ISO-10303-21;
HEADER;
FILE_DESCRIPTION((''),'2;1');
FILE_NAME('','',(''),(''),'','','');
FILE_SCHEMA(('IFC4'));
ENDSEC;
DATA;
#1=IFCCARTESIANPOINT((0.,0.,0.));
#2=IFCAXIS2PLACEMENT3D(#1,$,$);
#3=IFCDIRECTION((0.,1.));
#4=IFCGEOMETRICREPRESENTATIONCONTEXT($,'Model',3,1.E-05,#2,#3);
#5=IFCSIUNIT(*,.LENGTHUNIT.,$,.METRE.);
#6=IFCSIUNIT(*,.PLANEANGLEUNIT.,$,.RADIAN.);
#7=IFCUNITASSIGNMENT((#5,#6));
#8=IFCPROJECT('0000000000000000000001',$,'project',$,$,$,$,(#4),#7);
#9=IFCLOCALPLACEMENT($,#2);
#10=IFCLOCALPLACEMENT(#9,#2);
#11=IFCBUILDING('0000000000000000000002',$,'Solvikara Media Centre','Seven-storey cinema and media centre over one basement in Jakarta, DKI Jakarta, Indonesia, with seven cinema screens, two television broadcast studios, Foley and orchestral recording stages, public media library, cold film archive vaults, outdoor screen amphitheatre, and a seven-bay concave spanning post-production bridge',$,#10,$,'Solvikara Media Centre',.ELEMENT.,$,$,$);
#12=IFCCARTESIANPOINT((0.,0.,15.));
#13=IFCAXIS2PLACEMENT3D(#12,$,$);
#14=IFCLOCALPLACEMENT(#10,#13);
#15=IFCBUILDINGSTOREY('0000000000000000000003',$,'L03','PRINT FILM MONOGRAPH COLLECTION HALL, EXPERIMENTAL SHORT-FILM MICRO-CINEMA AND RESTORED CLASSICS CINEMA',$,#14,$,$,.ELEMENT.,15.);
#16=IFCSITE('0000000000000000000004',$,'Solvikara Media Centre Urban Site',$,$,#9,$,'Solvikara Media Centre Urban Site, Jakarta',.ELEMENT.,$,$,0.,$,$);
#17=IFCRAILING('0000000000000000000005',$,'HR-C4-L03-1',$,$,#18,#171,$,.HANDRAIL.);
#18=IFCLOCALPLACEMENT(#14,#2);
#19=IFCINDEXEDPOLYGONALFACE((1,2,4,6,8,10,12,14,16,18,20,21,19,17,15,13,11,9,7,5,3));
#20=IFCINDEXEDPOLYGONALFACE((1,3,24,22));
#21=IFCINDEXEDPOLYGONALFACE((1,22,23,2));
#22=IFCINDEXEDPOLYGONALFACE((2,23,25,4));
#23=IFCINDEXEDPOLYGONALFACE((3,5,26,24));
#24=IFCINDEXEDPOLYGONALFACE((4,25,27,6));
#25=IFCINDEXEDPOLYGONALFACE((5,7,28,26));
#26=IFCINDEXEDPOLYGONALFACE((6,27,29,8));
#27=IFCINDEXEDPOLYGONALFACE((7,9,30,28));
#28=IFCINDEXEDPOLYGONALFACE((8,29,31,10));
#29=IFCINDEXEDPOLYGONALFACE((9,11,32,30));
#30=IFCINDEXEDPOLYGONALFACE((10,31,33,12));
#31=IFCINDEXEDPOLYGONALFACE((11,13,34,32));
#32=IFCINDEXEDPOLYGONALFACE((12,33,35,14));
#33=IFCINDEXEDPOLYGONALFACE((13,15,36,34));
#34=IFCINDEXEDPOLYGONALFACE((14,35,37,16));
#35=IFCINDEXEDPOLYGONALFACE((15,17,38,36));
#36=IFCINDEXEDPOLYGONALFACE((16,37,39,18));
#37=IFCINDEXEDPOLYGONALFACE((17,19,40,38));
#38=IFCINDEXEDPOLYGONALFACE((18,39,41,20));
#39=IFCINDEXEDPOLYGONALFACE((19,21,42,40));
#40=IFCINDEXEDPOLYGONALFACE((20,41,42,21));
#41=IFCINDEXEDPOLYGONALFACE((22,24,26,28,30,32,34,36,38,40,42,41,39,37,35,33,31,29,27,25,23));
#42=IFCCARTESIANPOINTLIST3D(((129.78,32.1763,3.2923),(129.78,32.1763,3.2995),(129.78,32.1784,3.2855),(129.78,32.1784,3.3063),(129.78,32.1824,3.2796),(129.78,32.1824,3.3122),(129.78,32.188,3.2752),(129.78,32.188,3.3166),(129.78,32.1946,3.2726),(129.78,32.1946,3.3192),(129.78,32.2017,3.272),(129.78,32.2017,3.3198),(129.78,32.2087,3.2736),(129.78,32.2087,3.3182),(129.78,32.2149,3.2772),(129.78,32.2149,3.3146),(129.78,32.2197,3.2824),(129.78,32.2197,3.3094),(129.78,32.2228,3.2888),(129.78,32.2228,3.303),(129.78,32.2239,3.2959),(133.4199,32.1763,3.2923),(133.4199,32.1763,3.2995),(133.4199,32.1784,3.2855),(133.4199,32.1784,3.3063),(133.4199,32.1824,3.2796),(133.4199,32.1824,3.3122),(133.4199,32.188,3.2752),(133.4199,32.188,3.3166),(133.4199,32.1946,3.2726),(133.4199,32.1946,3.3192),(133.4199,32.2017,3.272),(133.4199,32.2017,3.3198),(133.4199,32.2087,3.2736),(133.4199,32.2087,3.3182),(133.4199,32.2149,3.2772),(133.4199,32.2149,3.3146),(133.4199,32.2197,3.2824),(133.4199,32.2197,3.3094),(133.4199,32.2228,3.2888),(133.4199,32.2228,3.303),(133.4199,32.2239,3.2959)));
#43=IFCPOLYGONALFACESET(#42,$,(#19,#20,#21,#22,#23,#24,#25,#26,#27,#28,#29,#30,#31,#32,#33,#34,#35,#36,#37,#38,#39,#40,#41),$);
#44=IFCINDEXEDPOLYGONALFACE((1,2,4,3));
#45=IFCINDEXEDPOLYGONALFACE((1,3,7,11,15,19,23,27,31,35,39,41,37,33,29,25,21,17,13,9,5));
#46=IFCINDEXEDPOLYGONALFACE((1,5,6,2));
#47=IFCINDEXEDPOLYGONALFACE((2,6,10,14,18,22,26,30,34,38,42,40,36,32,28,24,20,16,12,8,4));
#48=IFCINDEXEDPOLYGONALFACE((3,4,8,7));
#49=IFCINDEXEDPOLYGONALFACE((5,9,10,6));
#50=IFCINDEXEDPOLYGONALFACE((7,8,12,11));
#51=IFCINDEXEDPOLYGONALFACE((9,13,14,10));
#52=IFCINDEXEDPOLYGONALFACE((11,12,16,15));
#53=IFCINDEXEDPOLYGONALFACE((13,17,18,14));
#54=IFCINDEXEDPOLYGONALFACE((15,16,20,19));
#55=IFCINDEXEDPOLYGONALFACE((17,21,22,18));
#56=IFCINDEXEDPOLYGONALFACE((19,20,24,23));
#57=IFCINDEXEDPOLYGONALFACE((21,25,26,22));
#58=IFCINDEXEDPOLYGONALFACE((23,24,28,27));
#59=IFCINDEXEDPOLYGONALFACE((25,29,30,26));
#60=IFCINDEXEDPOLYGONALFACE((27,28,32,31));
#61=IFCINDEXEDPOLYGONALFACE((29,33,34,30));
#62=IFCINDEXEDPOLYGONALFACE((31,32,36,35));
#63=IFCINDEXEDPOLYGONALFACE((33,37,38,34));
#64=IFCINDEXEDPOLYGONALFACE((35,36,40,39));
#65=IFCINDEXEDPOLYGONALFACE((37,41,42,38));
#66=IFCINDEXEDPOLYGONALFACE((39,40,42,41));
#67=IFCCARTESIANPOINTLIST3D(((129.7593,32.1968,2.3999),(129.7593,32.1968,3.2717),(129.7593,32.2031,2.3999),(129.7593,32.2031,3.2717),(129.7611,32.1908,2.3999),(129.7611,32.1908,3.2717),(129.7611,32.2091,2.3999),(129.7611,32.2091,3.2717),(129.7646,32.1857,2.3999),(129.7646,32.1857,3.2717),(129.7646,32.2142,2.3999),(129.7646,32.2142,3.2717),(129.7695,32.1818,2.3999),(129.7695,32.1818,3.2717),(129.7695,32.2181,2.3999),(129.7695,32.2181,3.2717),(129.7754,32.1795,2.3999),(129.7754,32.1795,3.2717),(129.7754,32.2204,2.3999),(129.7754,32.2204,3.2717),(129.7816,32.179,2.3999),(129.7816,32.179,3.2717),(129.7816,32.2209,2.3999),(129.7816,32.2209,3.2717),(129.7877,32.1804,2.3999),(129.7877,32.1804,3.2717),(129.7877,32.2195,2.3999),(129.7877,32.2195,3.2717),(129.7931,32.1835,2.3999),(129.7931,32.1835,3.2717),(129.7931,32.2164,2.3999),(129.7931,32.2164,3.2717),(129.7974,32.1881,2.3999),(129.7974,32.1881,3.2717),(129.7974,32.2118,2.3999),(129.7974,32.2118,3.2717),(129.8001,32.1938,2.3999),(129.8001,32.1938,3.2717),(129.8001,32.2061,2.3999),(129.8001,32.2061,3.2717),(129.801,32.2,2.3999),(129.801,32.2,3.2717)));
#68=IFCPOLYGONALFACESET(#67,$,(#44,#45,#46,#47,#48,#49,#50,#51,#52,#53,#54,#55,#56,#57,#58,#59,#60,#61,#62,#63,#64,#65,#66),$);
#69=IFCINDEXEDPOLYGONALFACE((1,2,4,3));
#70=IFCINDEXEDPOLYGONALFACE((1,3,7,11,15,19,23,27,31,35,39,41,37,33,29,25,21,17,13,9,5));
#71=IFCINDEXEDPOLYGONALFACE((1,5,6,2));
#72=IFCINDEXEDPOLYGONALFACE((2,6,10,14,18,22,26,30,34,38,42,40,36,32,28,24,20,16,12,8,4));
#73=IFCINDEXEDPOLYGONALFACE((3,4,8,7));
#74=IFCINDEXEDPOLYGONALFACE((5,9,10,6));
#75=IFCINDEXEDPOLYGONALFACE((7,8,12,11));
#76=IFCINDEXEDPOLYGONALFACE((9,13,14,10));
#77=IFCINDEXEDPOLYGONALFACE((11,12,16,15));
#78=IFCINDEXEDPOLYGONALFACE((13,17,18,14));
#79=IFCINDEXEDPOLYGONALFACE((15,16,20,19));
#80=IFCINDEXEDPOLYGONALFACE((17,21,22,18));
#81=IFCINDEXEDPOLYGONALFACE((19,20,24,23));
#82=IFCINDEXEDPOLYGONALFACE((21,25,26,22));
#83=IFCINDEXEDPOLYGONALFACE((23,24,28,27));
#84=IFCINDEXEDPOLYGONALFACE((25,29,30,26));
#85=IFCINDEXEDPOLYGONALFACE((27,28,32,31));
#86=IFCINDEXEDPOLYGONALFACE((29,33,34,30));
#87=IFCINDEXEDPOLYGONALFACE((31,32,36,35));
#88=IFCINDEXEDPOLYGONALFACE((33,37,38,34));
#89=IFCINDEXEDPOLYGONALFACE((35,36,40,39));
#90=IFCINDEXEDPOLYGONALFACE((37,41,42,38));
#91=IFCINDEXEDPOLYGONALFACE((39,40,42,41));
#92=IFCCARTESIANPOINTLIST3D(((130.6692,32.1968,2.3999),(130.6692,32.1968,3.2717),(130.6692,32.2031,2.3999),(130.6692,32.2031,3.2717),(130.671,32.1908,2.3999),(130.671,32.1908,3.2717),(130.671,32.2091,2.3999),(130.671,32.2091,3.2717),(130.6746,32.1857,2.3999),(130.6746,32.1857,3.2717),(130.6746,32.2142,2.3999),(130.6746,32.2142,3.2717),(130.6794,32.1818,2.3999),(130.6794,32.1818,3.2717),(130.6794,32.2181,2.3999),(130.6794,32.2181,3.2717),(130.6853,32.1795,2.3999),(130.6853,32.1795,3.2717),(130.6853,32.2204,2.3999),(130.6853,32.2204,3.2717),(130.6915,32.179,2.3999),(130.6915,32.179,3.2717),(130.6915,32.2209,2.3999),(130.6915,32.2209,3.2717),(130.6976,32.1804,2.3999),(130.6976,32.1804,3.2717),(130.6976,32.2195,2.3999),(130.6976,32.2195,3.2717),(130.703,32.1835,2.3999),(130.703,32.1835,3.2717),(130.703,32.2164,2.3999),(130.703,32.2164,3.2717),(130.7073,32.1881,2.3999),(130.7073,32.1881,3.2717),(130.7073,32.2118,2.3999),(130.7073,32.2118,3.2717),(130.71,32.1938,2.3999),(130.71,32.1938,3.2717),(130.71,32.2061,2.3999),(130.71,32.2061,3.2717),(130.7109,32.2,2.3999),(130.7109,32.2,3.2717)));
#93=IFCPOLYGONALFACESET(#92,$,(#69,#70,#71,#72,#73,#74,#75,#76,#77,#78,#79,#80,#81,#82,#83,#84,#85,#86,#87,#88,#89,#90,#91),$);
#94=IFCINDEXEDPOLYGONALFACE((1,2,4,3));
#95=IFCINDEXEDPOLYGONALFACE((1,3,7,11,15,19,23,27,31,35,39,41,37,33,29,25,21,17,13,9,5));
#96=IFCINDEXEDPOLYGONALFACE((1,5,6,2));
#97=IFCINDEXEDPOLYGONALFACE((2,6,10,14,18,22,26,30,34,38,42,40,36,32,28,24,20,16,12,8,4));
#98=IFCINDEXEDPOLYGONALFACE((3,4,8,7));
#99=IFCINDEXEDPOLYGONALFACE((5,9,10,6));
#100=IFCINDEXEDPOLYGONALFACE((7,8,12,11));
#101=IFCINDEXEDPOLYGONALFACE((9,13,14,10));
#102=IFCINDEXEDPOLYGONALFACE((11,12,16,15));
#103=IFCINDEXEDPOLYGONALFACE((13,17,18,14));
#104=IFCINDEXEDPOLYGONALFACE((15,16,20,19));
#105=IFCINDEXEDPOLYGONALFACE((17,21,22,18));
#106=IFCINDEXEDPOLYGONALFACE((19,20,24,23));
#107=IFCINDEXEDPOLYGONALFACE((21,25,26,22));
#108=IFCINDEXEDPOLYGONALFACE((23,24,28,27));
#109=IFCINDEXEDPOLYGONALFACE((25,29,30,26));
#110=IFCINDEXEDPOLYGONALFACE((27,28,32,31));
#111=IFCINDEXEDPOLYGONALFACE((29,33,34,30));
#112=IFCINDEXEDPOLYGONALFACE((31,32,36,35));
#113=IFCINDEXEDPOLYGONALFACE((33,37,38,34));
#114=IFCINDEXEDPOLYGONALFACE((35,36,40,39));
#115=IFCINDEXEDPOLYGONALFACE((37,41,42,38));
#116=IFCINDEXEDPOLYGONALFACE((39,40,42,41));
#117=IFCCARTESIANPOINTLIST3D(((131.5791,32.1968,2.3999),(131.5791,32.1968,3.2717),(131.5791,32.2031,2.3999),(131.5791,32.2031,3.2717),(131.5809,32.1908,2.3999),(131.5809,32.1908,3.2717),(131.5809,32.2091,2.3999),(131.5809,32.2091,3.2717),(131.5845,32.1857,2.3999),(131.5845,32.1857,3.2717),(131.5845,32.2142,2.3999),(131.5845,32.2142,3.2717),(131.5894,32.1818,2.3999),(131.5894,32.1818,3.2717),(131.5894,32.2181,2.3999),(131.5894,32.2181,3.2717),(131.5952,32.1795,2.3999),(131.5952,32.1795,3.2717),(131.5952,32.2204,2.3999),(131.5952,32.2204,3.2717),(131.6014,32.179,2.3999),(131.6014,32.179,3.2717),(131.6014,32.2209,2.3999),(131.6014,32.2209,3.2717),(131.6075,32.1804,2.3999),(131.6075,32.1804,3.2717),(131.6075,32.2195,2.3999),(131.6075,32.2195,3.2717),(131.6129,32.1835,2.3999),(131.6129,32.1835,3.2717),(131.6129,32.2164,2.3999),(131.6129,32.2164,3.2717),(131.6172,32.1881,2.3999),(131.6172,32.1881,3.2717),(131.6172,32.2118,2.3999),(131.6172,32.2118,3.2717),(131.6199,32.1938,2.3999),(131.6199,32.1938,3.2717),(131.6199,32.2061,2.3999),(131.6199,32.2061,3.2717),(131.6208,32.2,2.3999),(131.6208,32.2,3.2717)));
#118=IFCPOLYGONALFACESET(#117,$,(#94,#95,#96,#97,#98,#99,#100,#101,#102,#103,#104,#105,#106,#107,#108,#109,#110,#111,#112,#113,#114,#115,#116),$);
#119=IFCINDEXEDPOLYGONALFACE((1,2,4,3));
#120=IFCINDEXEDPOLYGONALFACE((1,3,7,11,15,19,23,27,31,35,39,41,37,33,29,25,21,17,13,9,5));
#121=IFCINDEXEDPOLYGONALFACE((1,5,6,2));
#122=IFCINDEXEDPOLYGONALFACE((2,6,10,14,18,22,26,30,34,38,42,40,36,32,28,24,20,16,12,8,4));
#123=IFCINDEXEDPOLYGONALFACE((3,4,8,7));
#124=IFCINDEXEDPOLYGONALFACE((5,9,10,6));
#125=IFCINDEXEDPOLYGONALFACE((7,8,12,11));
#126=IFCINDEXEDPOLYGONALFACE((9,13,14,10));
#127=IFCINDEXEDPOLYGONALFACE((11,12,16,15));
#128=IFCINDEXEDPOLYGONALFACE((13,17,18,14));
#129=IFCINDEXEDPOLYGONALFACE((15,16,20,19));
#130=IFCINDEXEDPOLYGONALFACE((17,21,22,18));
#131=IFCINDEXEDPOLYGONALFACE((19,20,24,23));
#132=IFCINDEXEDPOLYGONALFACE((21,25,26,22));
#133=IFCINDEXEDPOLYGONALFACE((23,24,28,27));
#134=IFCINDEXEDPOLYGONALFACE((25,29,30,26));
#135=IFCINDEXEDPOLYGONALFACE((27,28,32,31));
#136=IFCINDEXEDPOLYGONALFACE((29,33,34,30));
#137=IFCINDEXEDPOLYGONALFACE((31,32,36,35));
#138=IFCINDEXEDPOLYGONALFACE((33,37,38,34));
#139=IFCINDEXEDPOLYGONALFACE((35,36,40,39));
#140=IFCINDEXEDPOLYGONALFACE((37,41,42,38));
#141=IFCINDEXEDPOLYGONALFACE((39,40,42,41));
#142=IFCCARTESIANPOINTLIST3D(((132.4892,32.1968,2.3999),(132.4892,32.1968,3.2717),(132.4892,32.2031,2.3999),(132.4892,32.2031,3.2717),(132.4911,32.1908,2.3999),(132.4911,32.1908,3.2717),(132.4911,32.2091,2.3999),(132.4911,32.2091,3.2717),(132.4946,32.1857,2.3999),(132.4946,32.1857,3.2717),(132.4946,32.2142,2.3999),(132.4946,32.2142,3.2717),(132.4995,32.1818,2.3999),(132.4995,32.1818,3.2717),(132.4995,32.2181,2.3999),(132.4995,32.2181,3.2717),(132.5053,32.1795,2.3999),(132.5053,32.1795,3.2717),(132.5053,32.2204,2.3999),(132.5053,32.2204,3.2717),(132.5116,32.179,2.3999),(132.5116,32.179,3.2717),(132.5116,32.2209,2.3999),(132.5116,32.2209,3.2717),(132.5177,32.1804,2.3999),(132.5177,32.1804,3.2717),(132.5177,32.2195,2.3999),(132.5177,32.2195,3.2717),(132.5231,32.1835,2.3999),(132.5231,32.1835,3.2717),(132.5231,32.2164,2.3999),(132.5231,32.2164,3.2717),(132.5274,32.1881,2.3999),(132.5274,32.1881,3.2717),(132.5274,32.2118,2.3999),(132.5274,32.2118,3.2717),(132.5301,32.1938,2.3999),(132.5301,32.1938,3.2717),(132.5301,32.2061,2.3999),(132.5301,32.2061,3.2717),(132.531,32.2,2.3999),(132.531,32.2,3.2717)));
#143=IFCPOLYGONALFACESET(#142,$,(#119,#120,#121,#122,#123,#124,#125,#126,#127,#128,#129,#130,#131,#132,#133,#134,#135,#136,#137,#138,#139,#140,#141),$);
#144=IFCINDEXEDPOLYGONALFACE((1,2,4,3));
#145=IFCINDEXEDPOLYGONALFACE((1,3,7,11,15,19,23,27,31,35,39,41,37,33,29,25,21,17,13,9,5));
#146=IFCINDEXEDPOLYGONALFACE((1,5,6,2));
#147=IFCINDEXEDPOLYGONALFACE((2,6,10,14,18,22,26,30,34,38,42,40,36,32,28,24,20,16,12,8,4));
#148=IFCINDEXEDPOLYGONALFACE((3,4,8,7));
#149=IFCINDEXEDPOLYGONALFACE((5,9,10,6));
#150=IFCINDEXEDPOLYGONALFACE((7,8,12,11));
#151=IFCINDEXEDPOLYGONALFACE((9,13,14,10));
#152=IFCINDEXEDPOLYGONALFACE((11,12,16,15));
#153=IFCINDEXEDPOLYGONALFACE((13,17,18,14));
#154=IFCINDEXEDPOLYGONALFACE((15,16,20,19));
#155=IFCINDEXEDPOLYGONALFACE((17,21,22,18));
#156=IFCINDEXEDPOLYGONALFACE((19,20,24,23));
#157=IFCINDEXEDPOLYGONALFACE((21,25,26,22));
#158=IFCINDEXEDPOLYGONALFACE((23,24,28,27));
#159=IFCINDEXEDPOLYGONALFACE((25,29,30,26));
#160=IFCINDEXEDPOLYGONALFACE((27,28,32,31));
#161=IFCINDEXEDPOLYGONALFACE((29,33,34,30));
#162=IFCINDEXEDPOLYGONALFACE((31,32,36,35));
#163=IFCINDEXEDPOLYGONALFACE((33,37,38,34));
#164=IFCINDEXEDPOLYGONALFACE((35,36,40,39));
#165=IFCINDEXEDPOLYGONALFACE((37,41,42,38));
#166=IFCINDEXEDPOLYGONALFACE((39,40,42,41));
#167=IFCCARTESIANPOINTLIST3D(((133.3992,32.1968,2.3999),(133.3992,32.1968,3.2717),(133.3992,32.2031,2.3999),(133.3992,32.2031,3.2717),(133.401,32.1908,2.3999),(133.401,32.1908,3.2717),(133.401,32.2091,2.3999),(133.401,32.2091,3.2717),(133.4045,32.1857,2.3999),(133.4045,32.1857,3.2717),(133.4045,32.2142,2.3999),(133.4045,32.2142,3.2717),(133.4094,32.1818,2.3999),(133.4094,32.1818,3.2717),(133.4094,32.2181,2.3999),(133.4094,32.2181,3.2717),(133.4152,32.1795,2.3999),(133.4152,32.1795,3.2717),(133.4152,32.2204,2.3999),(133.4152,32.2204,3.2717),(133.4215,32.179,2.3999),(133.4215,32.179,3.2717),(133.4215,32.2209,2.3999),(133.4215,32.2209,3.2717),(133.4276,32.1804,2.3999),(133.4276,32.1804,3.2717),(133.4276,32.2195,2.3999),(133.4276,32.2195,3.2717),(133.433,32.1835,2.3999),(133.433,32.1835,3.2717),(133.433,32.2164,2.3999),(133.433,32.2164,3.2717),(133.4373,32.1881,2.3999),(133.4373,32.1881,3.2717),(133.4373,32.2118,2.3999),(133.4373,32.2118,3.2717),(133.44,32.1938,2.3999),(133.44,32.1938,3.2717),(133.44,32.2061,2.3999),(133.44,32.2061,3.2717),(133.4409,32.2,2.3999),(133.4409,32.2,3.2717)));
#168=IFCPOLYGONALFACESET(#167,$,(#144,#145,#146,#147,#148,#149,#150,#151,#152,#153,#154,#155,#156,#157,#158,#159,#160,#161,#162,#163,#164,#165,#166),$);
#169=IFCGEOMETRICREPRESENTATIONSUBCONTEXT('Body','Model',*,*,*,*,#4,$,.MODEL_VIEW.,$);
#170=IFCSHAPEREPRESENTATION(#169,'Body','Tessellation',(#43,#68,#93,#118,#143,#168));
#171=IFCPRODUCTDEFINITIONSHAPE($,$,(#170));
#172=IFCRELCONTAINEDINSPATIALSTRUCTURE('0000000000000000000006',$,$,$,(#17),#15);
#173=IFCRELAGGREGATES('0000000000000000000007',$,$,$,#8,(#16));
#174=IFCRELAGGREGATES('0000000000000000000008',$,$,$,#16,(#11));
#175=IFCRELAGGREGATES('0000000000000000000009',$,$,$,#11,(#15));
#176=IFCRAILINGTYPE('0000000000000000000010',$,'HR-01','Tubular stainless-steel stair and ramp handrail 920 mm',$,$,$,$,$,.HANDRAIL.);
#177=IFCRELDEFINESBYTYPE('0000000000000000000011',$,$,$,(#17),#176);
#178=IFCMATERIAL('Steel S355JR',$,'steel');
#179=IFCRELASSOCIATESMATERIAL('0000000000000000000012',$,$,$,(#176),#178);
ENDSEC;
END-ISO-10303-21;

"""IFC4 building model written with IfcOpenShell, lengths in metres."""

from ifc_helpers import new_model, si_unit, direction, frame, origin, origin_2d, place, context, subcontext, project, spatial, circle, extrude, material, type_object, element, save


model = new_model("IFC4")

# Units and contexts
model_context = context("Model", 3, precision=1e-05, world=origin(), true_north=direction((0.0, 1.0)))
body_context = subcontext(model_context, "Body", "Model", "MODEL_VIEW")
ifc_project = project(units=[si_unit("LENGTHUNIT", "METRE"), si_unit("PLANEANGLEUNIT", "RADIAN")], contexts=[model_context])

# Site, building, storey
site_placement = place(None, origin())
site = spatial("IfcSite", under=ifc_project, at=site_placement, Name="Solvikara Media Centre Urban Site", LongName="Solvikara Media Centre Urban Site, Jakarta", CompositionType="ELEMENT", RefElevation=0.0)
building_placement = place(site_placement, origin())
building = spatial("IfcBuilding", under=site, at=building_placement, Name="Solvikara Media Centre", Description="Seven-storey cinema and media centre over one basement in Jakarta, DKI Jakarta, Indonesia, with seven cinema screens, two television broadcast studios, Foley and orchestral recording stages, public media library, cold film archive vaults, outdoor screen amphitheatre, and a seven-bay concave spanning post-production bridge", LongName="Solvikara Media Centre", CompositionType="ELEMENT")
storey_placement = place(building_placement, frame((0.0, 0.0, 15.0)))
storey = spatial("IfcBuildingStorey", under=building, at=storey_placement, Name="L03", Description="PRINT FILM MONOGRAPH COLLECTION HALL, EXPERIMENTAL SHORT-FILM MICRO-CINEMA AND RESTORED CLASSICS CINEMA", CompositionType="ELEMENT", Elevation=15.0)

# Shared definitions
ifc_material_1 = material(Name="Steel S355JR", Category="steel")

# Railing
railing_type_1 = type_object("IfcRailingType", Name="HR-01", Description="Tubular stainless-steel stair and ramp handrail 920 mm", PredefinedType="HANDRAIL", material=ifc_material_1)
railing_1_placement = place(storey_placement, frame((129.78, 32.2, 2.3999)))
element("IfcRailing", 1, at=railing_1_placement, inside=storey, type_object=railing_type_1, Name="HR-C4-L03-1", PredefinedType="HANDRAIL", context=body_context, shape_type="SweptSolid", body=[
    extrude(circle(Radius=0.0239, at=origin_2d()), frame((0.0, 0.0, 0.896), z_axis=(1.0, 0.0, 0.0), x_axis=(0.0, 1.0, 0.0)), (0.0, 0.0, 1.0), 3.6399),
    extrude(circle(Radius=0.021, at=origin_2d()), origin(), (0.0, 0.0, 1.0), 0.8718),
    extrude(circle(Radius=0.021, at=origin_2d()), frame((0.9099, 0.0, 0.0)), (0.0, 0.0, 1.0), 0.8718),
    extrude(circle(Radius=0.021, at=origin_2d()), frame((1.8198, 0.0, 0.0)), (0.0, 0.0, 1.0), 0.8718),
    extrude(circle(Radius=0.021, at=origin_2d()), frame((2.73, 0.0, 0.0)), (0.0, 0.0, 1.0), 0.8718),
    extrude(circle(Radius=0.021, at=origin_2d()), frame((3.6399, 0.0, 0.0)), (0.0, 0.0, 1.0), 0.8718),
])

save(model, "model.ifc")
